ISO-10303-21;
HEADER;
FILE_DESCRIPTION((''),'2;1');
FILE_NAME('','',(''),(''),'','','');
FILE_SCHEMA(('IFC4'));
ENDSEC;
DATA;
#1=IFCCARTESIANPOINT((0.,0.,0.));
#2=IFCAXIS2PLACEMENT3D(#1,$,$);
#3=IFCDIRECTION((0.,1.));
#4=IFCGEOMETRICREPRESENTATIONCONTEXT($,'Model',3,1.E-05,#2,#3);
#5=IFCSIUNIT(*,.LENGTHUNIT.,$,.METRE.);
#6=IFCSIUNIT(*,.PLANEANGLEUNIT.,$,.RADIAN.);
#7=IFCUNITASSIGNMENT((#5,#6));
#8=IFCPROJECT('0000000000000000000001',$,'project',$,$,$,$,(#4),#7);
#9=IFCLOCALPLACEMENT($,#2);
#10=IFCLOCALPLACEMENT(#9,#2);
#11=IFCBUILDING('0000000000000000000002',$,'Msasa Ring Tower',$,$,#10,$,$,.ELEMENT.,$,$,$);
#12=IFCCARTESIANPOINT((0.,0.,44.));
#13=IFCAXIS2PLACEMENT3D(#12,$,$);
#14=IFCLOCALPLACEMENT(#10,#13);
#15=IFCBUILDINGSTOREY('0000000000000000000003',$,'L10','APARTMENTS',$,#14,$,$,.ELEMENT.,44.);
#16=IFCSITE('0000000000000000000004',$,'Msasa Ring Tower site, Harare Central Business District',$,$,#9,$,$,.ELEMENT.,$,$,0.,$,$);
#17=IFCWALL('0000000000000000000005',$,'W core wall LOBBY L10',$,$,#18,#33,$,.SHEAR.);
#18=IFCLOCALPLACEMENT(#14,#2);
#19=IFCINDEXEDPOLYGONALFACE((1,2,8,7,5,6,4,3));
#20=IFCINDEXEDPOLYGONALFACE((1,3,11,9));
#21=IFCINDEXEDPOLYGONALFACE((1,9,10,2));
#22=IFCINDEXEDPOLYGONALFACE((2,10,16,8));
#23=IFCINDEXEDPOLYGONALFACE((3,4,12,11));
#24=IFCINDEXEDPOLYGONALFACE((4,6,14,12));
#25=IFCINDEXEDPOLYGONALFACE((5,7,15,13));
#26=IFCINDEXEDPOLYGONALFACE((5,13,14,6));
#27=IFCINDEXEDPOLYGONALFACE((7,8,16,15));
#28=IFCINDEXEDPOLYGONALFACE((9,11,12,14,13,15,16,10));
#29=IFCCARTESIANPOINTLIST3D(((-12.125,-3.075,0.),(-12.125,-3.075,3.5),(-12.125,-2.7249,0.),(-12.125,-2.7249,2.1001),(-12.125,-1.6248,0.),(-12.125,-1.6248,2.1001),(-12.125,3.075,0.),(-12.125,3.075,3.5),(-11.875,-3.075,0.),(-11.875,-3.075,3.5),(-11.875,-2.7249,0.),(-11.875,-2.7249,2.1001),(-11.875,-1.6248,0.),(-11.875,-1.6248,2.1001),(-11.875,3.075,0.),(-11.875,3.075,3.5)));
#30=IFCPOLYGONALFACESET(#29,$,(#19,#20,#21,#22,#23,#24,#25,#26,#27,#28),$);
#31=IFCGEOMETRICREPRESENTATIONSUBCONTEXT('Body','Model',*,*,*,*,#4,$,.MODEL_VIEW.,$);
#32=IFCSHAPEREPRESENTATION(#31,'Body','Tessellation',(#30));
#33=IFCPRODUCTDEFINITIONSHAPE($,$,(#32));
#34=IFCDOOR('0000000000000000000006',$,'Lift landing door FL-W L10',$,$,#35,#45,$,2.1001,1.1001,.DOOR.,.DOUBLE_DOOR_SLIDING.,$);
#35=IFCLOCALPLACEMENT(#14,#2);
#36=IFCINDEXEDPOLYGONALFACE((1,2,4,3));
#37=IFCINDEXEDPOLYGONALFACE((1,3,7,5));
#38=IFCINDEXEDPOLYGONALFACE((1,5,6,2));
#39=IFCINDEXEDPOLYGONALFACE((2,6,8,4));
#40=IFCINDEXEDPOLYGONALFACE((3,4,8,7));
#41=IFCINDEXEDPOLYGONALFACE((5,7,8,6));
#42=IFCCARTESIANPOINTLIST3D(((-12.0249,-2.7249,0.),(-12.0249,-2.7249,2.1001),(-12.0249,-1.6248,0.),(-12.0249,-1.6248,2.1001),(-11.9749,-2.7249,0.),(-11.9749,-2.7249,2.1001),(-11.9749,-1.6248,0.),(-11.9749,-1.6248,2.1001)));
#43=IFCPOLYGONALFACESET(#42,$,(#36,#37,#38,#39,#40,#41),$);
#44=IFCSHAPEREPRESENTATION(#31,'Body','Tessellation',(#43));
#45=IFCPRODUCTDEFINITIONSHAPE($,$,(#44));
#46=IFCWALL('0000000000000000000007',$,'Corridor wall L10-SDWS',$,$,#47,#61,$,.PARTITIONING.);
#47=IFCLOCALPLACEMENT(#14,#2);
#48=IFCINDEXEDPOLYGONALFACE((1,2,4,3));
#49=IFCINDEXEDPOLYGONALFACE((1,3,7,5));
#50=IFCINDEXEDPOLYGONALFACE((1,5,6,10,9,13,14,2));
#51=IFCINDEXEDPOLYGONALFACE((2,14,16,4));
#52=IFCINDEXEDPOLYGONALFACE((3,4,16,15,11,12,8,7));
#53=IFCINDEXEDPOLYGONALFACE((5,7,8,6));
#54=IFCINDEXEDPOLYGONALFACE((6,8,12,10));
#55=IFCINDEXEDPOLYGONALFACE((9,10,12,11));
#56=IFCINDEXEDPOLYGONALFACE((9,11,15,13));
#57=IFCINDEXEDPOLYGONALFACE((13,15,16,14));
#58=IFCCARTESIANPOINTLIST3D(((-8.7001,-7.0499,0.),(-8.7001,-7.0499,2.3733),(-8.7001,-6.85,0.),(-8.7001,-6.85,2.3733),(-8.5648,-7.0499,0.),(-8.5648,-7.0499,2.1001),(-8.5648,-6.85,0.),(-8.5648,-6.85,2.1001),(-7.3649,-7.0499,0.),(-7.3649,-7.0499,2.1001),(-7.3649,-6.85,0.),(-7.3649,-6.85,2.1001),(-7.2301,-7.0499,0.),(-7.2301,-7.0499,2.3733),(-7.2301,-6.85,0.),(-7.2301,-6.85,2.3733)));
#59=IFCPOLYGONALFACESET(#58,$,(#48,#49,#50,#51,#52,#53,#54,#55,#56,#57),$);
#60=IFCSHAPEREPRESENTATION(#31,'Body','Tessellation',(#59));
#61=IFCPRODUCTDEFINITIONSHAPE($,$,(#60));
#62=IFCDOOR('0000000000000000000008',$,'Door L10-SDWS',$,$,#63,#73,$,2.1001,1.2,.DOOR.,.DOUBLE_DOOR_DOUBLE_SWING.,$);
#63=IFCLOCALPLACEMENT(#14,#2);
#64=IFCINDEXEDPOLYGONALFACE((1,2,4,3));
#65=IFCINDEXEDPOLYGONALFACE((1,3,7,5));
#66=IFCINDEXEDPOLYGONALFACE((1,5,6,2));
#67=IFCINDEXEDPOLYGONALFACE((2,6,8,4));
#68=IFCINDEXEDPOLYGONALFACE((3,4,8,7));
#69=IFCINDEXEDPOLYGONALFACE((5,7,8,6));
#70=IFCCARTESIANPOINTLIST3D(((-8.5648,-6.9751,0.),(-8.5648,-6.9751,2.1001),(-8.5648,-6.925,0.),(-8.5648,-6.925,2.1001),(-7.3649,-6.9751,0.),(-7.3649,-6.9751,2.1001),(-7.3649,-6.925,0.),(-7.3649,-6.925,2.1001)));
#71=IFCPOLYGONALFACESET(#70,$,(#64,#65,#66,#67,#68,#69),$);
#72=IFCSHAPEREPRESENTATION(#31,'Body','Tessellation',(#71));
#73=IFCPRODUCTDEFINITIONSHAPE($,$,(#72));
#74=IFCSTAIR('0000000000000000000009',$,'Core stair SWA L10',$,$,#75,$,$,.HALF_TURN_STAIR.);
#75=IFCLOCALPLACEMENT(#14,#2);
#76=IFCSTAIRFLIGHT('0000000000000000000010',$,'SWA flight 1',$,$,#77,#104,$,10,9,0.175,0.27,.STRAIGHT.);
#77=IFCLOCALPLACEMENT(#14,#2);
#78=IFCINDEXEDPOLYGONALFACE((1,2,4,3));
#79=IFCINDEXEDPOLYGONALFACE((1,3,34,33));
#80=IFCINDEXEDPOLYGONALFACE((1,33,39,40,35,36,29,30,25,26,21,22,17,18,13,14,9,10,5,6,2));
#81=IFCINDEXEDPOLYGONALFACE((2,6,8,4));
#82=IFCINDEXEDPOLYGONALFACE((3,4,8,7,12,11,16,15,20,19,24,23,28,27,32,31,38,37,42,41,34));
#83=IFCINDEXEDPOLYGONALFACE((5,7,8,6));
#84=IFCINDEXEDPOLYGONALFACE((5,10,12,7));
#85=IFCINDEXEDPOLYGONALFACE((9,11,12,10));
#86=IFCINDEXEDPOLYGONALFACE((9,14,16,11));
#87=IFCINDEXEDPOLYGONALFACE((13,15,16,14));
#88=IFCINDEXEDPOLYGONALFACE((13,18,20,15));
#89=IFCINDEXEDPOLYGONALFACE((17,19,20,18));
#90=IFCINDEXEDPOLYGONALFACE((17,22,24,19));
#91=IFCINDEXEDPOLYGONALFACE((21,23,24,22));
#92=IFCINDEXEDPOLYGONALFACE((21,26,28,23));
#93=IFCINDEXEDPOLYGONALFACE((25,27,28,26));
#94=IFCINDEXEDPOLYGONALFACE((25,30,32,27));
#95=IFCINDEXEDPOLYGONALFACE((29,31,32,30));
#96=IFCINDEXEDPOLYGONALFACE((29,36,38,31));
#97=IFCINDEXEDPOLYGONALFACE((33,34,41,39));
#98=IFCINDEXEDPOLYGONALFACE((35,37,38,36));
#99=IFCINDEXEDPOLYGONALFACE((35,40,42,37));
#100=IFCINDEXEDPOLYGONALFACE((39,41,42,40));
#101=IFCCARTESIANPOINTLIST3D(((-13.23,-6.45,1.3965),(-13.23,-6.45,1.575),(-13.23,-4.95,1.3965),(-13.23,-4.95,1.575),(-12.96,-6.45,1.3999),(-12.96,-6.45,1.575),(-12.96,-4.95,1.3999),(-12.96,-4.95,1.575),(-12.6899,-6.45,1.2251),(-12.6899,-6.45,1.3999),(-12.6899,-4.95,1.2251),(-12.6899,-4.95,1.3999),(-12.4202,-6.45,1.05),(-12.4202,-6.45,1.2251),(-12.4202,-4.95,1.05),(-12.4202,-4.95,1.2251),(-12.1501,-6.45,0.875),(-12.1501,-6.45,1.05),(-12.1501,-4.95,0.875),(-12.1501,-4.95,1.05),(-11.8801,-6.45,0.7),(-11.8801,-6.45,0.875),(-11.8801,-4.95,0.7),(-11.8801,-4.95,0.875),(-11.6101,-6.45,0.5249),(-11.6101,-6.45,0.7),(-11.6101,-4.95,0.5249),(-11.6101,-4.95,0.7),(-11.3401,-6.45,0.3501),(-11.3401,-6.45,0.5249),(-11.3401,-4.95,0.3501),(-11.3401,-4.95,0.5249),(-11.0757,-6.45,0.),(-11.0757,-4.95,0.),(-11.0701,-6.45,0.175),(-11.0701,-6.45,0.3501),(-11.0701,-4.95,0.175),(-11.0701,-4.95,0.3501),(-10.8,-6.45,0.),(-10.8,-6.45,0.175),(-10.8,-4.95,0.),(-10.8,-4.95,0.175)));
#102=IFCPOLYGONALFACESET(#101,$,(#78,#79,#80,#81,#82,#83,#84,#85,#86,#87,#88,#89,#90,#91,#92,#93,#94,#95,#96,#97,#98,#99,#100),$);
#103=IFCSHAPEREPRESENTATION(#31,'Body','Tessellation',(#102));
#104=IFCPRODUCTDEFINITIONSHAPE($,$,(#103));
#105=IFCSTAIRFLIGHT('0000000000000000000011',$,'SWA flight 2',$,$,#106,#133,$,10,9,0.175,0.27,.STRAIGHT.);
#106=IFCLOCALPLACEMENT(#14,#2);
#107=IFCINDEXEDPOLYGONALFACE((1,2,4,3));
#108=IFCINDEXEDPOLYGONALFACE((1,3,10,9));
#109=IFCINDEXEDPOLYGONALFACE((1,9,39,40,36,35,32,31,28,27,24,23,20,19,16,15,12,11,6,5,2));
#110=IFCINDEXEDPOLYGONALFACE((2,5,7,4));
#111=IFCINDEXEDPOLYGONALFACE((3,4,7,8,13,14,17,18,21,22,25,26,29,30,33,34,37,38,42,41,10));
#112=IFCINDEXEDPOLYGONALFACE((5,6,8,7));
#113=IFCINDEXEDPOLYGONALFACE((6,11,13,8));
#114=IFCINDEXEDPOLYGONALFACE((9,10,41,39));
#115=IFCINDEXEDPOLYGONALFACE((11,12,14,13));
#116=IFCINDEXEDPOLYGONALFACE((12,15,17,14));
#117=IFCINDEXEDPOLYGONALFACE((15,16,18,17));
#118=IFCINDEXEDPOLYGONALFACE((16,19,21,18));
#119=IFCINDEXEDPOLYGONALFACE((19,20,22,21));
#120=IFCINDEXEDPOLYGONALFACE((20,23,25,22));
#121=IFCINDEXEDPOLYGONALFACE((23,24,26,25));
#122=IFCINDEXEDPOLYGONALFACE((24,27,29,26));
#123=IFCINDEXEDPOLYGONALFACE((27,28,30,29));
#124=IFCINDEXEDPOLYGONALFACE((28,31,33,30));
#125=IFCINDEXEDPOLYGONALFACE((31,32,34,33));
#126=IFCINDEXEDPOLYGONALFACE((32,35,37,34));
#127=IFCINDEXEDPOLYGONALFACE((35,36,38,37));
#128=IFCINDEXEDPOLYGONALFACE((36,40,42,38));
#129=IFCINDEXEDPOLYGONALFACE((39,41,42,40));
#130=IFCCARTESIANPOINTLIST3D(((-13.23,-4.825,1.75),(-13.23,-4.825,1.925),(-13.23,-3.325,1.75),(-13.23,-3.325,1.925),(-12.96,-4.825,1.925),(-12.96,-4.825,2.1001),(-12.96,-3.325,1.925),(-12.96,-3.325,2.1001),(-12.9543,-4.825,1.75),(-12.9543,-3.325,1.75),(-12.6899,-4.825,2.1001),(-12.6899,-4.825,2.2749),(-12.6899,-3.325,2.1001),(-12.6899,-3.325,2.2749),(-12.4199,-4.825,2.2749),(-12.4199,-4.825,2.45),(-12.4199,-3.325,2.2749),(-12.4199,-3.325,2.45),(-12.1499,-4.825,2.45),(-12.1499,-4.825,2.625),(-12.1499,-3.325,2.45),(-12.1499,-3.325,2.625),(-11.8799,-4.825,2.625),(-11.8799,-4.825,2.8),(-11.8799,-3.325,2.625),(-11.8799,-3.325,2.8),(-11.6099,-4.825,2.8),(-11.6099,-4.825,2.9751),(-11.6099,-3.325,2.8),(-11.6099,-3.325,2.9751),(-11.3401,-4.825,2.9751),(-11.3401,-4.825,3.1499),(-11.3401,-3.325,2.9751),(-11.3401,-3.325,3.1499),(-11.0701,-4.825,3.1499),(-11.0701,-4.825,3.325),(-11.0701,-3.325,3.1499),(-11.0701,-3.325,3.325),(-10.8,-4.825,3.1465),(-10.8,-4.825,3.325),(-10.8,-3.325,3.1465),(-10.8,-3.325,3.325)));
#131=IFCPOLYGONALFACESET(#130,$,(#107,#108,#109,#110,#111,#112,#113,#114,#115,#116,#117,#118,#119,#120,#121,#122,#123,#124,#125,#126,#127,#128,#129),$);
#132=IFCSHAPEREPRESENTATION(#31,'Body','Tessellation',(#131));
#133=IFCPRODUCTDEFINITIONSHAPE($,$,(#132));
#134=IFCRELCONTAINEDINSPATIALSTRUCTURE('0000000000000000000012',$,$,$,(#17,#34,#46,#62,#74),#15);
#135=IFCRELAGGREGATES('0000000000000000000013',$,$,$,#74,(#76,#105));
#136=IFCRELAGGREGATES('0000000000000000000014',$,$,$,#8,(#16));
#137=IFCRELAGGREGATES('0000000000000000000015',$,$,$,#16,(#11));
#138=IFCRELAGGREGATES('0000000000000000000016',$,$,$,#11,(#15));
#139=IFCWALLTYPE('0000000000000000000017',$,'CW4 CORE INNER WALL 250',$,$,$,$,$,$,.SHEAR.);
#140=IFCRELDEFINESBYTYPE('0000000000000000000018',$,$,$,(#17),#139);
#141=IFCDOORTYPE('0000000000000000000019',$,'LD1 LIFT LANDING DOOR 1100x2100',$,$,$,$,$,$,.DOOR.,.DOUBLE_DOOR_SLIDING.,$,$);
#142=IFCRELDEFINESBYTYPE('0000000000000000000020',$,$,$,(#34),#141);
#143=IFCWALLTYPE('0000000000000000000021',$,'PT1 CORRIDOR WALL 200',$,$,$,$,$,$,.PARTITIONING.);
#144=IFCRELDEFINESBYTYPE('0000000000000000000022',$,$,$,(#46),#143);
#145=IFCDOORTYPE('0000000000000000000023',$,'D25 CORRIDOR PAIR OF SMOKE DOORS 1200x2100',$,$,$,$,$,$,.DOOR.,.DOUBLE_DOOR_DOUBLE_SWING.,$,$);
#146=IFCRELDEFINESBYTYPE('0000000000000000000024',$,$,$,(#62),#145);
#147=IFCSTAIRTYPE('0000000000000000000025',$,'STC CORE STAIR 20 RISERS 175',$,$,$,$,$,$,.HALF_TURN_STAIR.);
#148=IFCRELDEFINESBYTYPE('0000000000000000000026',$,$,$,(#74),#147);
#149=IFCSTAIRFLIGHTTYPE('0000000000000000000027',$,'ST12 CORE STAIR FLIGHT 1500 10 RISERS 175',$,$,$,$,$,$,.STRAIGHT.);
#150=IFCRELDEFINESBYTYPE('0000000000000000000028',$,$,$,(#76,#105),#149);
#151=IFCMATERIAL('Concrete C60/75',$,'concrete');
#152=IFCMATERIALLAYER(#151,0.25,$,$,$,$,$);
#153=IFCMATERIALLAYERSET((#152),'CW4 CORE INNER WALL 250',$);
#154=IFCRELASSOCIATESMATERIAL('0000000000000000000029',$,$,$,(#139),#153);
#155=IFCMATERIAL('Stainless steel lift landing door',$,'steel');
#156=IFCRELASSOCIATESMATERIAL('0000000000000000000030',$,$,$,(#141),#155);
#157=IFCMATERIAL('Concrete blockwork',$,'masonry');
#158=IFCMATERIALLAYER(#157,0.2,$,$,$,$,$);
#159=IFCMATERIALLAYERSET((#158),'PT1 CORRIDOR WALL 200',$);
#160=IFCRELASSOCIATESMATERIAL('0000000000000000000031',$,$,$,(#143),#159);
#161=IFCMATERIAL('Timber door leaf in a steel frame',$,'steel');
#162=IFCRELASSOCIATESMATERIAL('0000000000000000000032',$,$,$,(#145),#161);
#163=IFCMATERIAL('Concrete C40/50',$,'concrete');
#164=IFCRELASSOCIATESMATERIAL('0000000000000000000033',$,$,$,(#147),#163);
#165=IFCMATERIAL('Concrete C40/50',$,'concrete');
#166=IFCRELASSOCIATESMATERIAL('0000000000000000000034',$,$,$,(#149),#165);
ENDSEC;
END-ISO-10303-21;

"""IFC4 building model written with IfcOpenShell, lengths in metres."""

from ifc_helpers import new_model, si_unit, direction, frame, frame_2d, origin, place, context, subcontext, project, spatial, polyline, rectangle, outline, extrude, material, layer, layer_set, type_object, element, fill, aggregate, save


model = new_model("IFC4")

# Units and contexts
model_context = context("Model", 3, precision=1e-05, world=origin(), true_north=direction((0.0, 1.0)))
body_context = subcontext(model_context, "Body", "Model", "MODEL_VIEW")
ifc_project = project(units=[si_unit("LENGTHUNIT", "METRE"), si_unit("PLANEANGLEUNIT", "RADIAN")], contexts=[model_context])

# Site, building, storey
site_placement = place(None, origin())
site = spatial("IfcSite", under=ifc_project, at=site_placement, Name="Msasa Ring Tower site, Harare Central Business District", CompositionType="ELEMENT", RefElevation=0.0)
building_placement = place(site_placement, origin())
building = spatial("IfcBuilding", under=site, at=building_placement, Name="Msasa Ring Tower", CompositionType="ELEMENT")
storey_placement = place(building_placement, frame((0.0, 0.0, 44.0)))
storey = spatial("IfcBuildingStorey", under=building, at=storey_placement, Name="L10", Description="APARTMENTS", CompositionType="ELEMENT", Elevation=44.0)

# Walls, openings, doors
ifc_material_1 = material(Name="Concrete C60/75", Category="concrete")
ifc_layer_1 = layer(ifc_material_1, 0.25)
ifc_layer_set_1 = layer_set([ifc_layer_1], Name="CW4 CORE INNER WALL 250")
wall_type_1 = type_object("IfcWallType", Name="CW4 CORE INNER WALL 250", PredefinedType="SHEAR", material=ifc_layer_set_1)
wall_1_placement = place(storey_placement, frame((-12.0, -3.075, 0.0), z_axis=(0.0, 0.0, 1.0), x_axis=(0.0, 1.0, 0.0)))
wall_1 = element("IfcWall", 1, at=wall_1_placement, inside=storey, type_object=wall_type_1, Name="W core wall LOBBY L10", PredefinedType="SHEAR", context=body_context, shape_type="SweptSolid", body=[
    extrude(rectangle(XDim=6.1499, YDim=0.25, at=frame_2d((3.075, 0.0))), origin(), (0.0, 0.0, 1.0), 3.5),
])
opening_1_placement = place(wall_1_placement, frame((0.3501, 0.0, 0.0)))
opening_1 = element("IfcOpeningElement", 2, at=opening_1_placement, cuts=wall_1, PredefinedType="OPENING", context=body_context, shape_type="SweptSolid", body=[
    extrude(rectangle(XDim=1.1001, YDim=2.1001, at=frame_2d((0.55, 1.05))), frame((0.0, 0.135, 0.0), z_axis=(0.0, -1.0, 0.0), x_axis=(1.0, 0.0, 0.0)), (0.0, 0.0, 1.0), 0.27),
])
ifc_material_2 = material(Name="Stainless steel lift landing door", Category="steel")
door_type_1 = type_object("IfcDoorType", Name="LD1 LIFT LANDING DOOR 1100x2100", OperationType="DOUBLE_DOOR_SLIDING", PredefinedType="DOOR", material=ifc_material_2)
door_1_placement = place(opening_1_placement, origin())
door_1 = element("IfcDoor", 3, at=door_1_placement, inside=storey, type_object=door_type_1, Name="Lift landing door FL-W L10", OperationType="DOUBLE_DOOR_SLIDING", OverallHeight=2.1001, OverallWidth=1.1001, PredefinedType="DOOR", context=body_context, shape_type="SweptSolid", body=[
    extrude(rectangle(XDim=1.1001, YDim=2.1001, at=frame_2d((0.55, 1.05))), frame((0.0, 0.0249, 0.0), z_axis=(0.0, -1.0, 0.0), x_axis=(1.0, 0.0, 0.0)), (0.0, 0.0, 1.0), 0.05),
])
fill(opening_1, door_1)
ifc_material_3 = material(Name="Concrete blockwork", Category="masonry")
ifc_layer_2 = layer(ifc_material_3, 0.2)
ifc_layer_set_2 = layer_set([ifc_layer_2], Name="PT1 CORRIDOR WALL 200")
wall_type_2 = type_object("IfcWallType", Name="PT1 CORRIDOR WALL 200", PredefinedType="PARTITIONING", material=ifc_layer_set_2)
wall_2_placement = place(storey_placement, frame((-8.7, -6.95, 0.0), z_axis=(0.0, 0.0, 1.0), x_axis=(1.0, 0.0, 0.0)))
wall_2 = element("IfcWall", 4, at=wall_2_placement, inside=storey, type_object=wall_type_2, Name="Corridor wall L10-SDWS", PredefinedType="PARTITIONING", context=body_context, shape_type="SweptSolid", body=[
    extrude(rectangle(XDim=1.47, YDim=0.2, at=frame_2d((0.7349, 0.0))), origin(), (0.0, 0.0, 1.0), 2.3733),
])
opening_2_placement = place(wall_2_placement, frame((0.135, 0.0, 0.0)))
opening_2 = element("IfcOpeningElement", 5, at=opening_2_placement, cuts=wall_2, PredefinedType="OPENING", context=body_context, shape_type="SweptSolid", body=[
    extrude(rectangle(XDim=1.2, YDim=2.1001, at=frame_2d((0.6001, 1.05))), frame((0.0, 0.1099, 0.0), z_axis=(0.0, -1.0, 0.0), x_axis=(1.0, 0.0, 0.0)), (0.0, 0.0, 1.0), 0.22),
])
ifc_material_4 = material(Name="Timber door leaf in a steel frame", Category="steel")
door_type_2 = type_object("IfcDoorType", Name="D25 CORRIDOR PAIR OF SMOKE DOORS 1200x2100", OperationType="DOUBLE_DOOR_DOUBLE_SWING", PredefinedType="DOOR", material=ifc_material_4)
door_2_placement = place(opening_2_placement, origin())
door_2 = element("IfcDoor", 6, at=door_2_placement, inside=storey, type_object=door_type_2, Name="Door L10-SDWS", OperationType="DOUBLE_DOOR_DOUBLE_SWING", OverallHeight=2.1001, OverallWidth=1.2, PredefinedType="DOOR", context=body_context, shape_type="SweptSolid", body=[
    extrude(rectangle(XDim=1.2, YDim=2.1001, at=frame_2d((0.6001, 1.05))), frame((0.0, 0.0249, 0.0), z_axis=(0.0, -1.0, 0.0), x_axis=(1.0, 0.0, 0.0)), (0.0, 0.0, 1.0), 0.05),
])
fill(opening_2, door_2)

# Stair, stair flights
ifc_material_5 = material(Name="Concrete C40/50", Category="concrete")
stair_type = type_object("IfcStairType", Name="STC CORE STAIR 20 RISERS 175", PredefinedType="HALF_TURN_STAIR", material=ifc_material_5)
stair_placement = place(storey_placement, origin())
stair = element("IfcStair", 7, at=stair_placement, inside=storey, type_object=stair_type, Name="Core stair SWA L10", PredefinedType="HALF_TURN_STAIR")
ifc_material_6 = material(Name="Concrete C40/50", Category="concrete")
stair_flight_type = type_object("IfcStairFlightType", Name="ST12 CORE STAIR FLIGHT 1500 10 RISERS 175", PredefinedType="STRAIGHT", material=ifc_material_6)
stair_flight_1_placement = place(storey_placement, frame((-10.8, -5.7, 0.0), z_axis=(0.0, 0.0, 1.0), x_axis=(-1.0, 0.0, 0.0)))
stair_flight_1 = element("IfcStairFlight", 8, at=stair_flight_1_placement, type_object=stair_flight_type, Name="SWA flight 1", NumberOfRisers=10, NumberOfTreads=9, PredefinedType="STRAIGHT", RiserHeight=0.175, TreadLength=0.27, context=body_context, shape_type="SweptSolid", body=[
    extrude(outline(polyline([(0.0, 0.0), (0.0, 0.175), (0.27, 0.175), (0.27, 0.3501), (0.54, 0.3501), (0.54, 0.5249), (0.8101, 0.5249), (0.8101, 0.7), (1.0801, 0.7), (1.0801, 0.875), (1.3501, 0.875), (1.3501, 1.05), (1.6201, 1.05), (1.6201, 1.2251), (1.8899, 1.2251), (1.8899, 1.3999), (2.1599, 1.3999), (2.1599, 1.575), (2.4299, 1.575), (2.4299, 1.75), (2.4299, 1.3965), (0.2756, 0.0), (0.0, 0.0)])), frame((0.0, 0.75, 0.0), z_axis=(0.0, -1.0, 0.0), x_axis=(1.0, 0.0, 0.0)), (0.0, 0.0, 1.0), 1.5),
])
stair_flight_2_placement = place(storey_placement, frame((-13.23, -4.075, 1.75), z_axis=(0.0, 0.0, 1.0), x_axis=(1.0, 0.0, 0.0)))
stair_flight_2 = element("IfcStairFlight", 9, at=stair_flight_2_placement, type_object=stair_flight_type, Name="SWA flight 2", NumberOfRisers=10, NumberOfTreads=9, PredefinedType="STRAIGHT", RiserHeight=0.175, TreadLength=0.27, context=body_context, shape_type="SweptSolid", body=[
    extrude(outline(polyline([(0.0, 0.0), (0.0, 0.175), (0.27, 0.175), (0.27, 0.3501), (0.54, 0.3501), (0.54, 0.5249), (0.8101, 0.5249), (0.8101, 0.7), (1.0801, 0.7), (1.0801, 0.875), (1.3501, 0.875), (1.3501, 1.05), (1.6201, 1.05), (1.6201, 1.2251), (1.8899, 1.2251), (1.8899, 1.3999), (2.1599, 1.3999), (2.1599, 1.575), (2.4299, 1.575), (2.4299, 1.75), (2.4299, 1.3965), (0.2756, 0.0), (0.0, 0.0)])), frame((0.0, 0.75, 0.0), z_axis=(0.0, -1.0, 0.0), x_axis=(1.0, 0.0, 0.0)), (0.0, 0.0, 1.0), 1.5),
])
aggregate(stair, [stair_flight_1, stair_flight_2])

save(model, "model.ifc")
